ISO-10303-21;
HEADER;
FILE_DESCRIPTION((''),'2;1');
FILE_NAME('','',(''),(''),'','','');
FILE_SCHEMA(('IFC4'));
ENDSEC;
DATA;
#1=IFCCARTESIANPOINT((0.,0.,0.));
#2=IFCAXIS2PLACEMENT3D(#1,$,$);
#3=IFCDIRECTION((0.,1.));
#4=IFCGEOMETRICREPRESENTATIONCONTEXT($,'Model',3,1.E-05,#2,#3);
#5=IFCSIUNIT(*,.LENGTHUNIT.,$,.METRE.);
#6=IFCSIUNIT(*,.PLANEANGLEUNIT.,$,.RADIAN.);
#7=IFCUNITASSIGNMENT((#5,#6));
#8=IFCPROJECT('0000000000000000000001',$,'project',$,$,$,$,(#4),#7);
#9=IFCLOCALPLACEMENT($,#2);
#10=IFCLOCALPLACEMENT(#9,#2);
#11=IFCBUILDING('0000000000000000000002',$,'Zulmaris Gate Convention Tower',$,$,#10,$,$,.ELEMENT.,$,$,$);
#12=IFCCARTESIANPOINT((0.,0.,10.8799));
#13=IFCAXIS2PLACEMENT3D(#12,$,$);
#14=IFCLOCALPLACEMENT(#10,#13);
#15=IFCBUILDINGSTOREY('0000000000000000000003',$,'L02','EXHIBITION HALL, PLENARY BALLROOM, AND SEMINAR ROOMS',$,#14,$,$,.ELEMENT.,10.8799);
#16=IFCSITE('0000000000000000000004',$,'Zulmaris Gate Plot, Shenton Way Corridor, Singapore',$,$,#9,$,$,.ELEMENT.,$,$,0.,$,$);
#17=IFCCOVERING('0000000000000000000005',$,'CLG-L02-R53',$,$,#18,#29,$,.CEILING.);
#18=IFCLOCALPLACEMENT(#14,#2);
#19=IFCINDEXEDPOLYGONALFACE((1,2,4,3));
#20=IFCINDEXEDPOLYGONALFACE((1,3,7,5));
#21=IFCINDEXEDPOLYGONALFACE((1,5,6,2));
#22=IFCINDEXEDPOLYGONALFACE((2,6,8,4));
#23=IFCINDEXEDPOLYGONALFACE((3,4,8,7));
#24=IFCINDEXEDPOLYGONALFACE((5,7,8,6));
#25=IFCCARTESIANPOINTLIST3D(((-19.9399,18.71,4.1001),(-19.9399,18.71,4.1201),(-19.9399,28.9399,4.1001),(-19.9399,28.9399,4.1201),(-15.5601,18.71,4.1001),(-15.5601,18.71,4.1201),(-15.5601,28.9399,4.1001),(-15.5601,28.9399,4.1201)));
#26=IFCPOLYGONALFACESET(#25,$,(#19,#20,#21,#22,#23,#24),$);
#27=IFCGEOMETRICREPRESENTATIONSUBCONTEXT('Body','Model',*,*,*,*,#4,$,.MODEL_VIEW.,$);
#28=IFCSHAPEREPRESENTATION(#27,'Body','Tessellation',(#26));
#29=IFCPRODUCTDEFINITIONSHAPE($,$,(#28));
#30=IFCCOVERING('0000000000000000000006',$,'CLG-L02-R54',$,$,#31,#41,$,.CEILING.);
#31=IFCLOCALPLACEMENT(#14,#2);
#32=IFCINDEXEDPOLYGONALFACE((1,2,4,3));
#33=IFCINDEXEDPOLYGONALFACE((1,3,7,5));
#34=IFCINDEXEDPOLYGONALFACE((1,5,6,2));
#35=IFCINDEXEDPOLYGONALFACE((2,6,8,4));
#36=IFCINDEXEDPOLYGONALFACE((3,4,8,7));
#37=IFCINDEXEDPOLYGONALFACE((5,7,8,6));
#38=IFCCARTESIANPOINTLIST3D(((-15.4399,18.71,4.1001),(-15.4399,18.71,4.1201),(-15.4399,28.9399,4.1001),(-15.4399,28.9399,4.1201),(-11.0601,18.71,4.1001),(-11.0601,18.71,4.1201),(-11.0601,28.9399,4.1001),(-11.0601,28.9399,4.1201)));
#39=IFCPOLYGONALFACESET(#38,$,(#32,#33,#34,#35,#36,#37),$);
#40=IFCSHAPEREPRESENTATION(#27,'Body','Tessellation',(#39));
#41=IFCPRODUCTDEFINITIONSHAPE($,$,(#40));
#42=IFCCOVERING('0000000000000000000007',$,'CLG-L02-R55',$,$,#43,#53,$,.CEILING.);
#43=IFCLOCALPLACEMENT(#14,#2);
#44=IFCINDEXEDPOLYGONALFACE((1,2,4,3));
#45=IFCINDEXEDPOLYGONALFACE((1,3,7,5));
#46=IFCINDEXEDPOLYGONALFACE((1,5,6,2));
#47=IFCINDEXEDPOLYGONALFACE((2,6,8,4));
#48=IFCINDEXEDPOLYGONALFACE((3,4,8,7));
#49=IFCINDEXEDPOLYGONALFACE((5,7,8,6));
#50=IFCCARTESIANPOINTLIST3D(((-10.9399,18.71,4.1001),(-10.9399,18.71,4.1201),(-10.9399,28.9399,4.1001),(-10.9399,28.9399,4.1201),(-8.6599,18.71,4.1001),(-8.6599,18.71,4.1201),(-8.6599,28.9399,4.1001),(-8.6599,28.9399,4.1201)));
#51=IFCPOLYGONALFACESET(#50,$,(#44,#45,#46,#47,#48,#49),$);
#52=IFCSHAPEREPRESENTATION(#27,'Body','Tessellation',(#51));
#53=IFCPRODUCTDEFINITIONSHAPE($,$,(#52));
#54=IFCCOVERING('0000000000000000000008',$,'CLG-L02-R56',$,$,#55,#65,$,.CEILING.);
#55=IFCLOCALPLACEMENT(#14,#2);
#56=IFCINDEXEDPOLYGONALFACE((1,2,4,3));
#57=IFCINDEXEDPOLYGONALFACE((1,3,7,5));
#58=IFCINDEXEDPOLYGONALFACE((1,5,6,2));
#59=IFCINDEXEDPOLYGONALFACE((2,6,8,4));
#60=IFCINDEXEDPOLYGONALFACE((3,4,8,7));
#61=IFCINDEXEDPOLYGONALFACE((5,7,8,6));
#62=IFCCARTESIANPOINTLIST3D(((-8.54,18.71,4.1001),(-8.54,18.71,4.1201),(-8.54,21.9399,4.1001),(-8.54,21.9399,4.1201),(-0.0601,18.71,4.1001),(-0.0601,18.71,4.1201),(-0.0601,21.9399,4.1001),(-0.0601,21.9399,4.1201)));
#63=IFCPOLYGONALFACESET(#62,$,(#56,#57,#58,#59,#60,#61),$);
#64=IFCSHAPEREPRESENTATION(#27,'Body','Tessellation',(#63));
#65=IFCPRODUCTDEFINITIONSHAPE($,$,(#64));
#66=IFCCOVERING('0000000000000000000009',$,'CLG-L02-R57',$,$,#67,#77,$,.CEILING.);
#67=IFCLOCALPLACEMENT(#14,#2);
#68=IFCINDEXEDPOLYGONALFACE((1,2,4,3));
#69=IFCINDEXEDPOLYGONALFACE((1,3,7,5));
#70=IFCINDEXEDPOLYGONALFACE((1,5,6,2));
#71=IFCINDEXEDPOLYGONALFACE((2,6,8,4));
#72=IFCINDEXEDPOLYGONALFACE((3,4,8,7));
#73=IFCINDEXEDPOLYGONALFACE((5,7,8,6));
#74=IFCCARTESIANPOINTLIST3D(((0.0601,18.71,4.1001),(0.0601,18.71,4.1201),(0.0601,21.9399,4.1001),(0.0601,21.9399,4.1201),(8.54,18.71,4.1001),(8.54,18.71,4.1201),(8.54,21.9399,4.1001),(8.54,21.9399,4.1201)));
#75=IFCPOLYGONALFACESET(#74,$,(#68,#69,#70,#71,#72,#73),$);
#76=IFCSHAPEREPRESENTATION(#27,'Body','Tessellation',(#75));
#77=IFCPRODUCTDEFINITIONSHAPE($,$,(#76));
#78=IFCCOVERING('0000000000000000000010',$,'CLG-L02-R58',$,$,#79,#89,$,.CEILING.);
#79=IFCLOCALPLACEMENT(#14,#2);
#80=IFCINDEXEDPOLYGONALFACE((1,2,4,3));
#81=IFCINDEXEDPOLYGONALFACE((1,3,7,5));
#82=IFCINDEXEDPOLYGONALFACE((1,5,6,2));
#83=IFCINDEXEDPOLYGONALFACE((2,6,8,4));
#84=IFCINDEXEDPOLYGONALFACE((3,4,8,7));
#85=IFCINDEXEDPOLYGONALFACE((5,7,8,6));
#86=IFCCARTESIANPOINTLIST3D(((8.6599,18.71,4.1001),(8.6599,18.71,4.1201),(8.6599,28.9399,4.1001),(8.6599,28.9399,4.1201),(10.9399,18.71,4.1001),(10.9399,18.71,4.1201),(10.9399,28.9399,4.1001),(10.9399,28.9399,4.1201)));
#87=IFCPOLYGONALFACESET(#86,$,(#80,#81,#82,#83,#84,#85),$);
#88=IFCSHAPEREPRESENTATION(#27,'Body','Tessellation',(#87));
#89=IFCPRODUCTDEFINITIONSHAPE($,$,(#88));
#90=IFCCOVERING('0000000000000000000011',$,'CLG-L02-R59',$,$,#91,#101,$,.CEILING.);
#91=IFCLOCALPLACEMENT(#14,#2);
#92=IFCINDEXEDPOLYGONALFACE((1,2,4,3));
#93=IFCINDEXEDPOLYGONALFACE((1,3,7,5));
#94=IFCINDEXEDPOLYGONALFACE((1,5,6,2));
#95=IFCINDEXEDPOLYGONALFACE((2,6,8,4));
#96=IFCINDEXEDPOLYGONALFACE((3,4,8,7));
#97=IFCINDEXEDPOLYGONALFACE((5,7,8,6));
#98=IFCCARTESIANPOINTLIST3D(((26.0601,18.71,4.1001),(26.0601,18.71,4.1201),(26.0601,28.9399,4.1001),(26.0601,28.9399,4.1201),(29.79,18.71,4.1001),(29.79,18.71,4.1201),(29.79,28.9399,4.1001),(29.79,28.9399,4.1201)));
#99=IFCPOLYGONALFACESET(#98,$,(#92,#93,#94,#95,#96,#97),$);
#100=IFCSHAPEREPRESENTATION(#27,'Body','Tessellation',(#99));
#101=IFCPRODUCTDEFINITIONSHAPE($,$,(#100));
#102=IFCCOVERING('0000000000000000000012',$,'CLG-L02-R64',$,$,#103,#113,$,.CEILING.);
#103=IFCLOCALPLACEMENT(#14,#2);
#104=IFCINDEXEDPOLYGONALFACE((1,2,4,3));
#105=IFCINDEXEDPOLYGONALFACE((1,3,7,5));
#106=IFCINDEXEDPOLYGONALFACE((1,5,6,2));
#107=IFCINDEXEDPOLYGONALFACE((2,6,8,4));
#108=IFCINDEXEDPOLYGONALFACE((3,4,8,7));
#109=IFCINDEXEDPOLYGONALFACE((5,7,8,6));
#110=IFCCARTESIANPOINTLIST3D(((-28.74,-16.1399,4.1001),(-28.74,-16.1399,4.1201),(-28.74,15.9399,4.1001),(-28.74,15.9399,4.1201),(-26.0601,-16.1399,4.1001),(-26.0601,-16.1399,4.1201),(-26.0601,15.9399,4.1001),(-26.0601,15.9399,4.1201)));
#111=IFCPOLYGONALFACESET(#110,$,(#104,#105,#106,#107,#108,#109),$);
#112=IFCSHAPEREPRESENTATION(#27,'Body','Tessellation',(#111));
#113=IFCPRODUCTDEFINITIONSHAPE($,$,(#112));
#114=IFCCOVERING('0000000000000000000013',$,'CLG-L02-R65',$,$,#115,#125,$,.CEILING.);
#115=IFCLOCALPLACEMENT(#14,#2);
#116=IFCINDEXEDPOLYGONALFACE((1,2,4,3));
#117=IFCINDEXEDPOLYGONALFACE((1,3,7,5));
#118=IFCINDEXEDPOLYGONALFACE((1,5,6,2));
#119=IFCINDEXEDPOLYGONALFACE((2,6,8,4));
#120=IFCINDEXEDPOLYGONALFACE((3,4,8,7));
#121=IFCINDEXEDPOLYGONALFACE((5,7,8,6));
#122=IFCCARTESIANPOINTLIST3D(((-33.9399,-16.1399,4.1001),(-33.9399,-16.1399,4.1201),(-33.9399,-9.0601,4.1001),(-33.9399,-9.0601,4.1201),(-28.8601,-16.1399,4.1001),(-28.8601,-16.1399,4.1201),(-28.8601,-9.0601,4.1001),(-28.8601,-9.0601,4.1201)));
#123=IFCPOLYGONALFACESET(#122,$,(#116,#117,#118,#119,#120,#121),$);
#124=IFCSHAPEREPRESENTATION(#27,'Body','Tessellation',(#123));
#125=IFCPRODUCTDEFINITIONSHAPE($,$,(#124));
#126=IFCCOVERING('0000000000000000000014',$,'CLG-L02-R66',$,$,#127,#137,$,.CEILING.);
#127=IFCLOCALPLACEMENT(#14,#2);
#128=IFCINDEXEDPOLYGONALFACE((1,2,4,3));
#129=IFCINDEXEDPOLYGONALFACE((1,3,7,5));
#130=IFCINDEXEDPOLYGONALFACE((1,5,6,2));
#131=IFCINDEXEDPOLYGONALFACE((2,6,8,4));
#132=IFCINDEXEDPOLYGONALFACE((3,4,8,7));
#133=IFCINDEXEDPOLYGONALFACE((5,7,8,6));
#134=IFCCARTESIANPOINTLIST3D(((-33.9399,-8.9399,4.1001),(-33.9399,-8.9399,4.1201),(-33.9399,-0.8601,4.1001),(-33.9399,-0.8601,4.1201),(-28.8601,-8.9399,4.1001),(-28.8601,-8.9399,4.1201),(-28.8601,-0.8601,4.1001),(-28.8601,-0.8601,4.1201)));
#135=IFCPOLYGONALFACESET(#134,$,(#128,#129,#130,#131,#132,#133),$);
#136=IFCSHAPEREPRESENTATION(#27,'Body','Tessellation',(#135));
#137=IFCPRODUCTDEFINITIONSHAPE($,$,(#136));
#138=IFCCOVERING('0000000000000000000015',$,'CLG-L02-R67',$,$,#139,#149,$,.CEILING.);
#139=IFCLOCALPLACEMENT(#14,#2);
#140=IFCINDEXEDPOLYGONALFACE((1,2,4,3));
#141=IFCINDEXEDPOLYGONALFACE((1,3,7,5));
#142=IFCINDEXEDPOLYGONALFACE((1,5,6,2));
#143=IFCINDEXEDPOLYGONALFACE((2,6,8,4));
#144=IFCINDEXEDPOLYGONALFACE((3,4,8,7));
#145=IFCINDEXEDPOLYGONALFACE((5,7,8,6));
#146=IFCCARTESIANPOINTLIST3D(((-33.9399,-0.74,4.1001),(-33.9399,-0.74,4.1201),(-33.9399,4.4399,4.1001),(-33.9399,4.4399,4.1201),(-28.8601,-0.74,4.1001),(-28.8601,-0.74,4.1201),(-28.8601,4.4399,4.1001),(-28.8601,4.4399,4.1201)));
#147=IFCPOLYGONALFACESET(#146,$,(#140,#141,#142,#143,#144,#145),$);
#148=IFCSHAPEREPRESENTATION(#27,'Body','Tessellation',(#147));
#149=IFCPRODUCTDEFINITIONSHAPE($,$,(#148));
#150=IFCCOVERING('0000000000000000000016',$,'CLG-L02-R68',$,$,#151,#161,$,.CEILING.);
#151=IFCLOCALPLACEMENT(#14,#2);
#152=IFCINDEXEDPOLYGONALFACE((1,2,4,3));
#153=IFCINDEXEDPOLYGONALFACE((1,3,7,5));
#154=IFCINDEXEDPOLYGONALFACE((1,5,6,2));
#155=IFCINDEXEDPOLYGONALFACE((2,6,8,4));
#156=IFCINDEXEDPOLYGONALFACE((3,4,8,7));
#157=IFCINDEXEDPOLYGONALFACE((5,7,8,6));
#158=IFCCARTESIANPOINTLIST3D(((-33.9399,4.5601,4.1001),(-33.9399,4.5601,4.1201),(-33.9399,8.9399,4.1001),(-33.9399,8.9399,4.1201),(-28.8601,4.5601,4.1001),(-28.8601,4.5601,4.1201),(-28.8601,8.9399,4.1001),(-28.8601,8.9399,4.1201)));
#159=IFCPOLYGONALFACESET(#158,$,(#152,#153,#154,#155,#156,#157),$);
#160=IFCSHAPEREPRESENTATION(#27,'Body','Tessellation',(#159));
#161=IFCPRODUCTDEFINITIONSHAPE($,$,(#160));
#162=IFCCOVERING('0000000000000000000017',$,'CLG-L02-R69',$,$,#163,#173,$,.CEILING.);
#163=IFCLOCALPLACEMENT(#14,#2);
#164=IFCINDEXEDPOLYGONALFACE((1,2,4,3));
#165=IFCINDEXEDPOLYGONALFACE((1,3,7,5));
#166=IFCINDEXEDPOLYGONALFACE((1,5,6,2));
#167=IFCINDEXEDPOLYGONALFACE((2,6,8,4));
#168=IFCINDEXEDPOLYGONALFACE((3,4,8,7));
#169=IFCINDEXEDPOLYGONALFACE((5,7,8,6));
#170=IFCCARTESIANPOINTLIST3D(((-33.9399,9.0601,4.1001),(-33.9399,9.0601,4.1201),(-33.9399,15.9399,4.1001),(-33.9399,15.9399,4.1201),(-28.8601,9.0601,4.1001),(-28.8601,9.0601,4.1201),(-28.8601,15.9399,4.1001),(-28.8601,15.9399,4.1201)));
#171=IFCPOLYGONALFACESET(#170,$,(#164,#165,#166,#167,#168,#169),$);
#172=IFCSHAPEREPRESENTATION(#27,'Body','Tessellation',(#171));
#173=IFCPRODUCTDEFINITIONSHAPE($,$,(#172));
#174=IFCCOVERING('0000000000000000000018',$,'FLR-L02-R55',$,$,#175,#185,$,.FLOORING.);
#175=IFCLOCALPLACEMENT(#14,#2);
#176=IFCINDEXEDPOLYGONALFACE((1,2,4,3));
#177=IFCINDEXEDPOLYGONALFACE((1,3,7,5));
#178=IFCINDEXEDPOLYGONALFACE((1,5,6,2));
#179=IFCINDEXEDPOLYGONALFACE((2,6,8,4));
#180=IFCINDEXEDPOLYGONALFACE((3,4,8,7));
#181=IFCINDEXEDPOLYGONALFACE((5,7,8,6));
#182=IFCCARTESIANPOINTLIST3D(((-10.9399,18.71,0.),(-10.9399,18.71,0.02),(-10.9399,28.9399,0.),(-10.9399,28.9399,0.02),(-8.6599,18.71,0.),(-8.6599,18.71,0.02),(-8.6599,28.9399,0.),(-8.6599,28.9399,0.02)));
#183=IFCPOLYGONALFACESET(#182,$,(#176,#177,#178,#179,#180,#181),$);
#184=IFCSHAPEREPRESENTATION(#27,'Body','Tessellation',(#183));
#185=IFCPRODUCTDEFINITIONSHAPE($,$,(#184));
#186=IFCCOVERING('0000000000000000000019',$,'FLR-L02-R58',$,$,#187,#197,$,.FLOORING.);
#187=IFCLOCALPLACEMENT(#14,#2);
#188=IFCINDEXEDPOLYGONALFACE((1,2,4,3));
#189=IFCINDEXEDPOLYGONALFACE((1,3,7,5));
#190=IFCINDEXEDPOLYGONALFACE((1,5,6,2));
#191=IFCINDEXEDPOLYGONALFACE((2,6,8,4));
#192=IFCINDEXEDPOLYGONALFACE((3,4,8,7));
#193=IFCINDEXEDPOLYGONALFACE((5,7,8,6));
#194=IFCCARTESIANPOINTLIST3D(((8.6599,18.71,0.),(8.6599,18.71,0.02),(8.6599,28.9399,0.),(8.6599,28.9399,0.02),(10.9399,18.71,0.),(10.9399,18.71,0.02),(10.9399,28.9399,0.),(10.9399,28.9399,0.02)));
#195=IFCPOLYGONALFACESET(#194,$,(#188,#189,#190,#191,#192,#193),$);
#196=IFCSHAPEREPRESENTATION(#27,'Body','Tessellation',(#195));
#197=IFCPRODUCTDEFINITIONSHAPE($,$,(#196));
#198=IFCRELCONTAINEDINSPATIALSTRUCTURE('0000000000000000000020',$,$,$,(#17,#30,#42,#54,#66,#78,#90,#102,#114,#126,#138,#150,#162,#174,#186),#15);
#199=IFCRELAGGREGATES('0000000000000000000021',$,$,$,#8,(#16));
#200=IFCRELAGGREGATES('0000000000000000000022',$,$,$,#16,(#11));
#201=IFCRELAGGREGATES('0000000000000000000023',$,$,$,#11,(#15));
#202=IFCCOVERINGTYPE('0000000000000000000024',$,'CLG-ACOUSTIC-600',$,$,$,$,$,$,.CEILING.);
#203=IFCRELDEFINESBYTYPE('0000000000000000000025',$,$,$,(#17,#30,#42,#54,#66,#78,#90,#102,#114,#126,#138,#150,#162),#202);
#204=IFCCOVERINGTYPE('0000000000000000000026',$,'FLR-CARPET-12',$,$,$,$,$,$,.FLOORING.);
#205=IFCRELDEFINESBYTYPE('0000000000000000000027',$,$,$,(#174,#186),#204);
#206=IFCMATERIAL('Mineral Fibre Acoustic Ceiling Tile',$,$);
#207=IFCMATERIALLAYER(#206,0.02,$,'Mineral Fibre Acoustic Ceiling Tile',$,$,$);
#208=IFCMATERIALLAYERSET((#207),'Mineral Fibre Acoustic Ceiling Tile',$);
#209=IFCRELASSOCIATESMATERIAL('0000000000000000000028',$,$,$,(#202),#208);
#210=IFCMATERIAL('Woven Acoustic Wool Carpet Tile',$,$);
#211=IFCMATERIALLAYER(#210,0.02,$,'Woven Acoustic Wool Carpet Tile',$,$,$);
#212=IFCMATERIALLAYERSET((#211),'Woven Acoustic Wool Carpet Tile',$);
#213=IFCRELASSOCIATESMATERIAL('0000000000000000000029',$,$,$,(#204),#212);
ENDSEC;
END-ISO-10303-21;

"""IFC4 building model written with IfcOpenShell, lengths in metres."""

from ifc_helpers import new_model, si_unit, direction, frame, origin, place, context, subcontext, project, spatial, polyline, outline, extrude, material, layer, layer_set, type_object, element, save


model = new_model("IFC4")

# Units and contexts
model_context = context("Model", 3, precision=1e-05, world=origin(), true_north=direction((0.0, 1.0)))
body_context = subcontext(model_context, "Body", "Model", "MODEL_VIEW")
ifc_project = project(units=[si_unit("LENGTHUNIT", "METRE"), si_unit("PLANEANGLEUNIT", "RADIAN")], contexts=[model_context])

# Site, building, storey
site_placement = place(None, origin())
site = spatial("IfcSite", under=ifc_project, at=site_placement, Name="Zulmaris Gate Plot, Shenton Way Corridor, Singapore", CompositionType="ELEMENT", RefElevation=0.0)
building_placement = place(site_placement, origin())
building = spatial("IfcBuilding", under=site, at=building_placement, Name="Zulmaris Gate Convention Tower", CompositionType="ELEMENT")
storey_placement = place(building_placement, frame((0.0, 0.0, 10.8799)))
storey = spatial("IfcBuildingStorey", under=building, at=storey_placement, Name="L02", Description="EXHIBITION HALL, PLENARY BALLROOM, AND SEMINAR ROOMS", CompositionType="ELEMENT", Elevation=10.8799)

# Coverings
ifc_material_1 = material(Name="Mineral Fibre Acoustic Ceiling Tile")
ifc_layer_1 = layer(ifc_material_1, 0.02, Name="Mineral Fibre Acoustic Ceiling Tile")
ifc_layer_set_1 = layer_set([ifc_layer_1], Name="Mineral Fibre Acoustic Ceiling Tile")
covering_type_1 = type_object("IfcCoveringType", Name="CLG-ACOUSTIC-600", PredefinedType="CEILING", material=ifc_layer_set_1)
covering_1_placement = place(storey_placement, frame((0.0, 0.0, 4.1001)))
element("IfcCovering", 1, at=covering_1_placement, inside=storey, type_object=covering_type_1, Name="CLG-L02-R53", PredefinedType="CEILING", context=body_context, shape_type="SweptSolid", body=[
    extrude(outline(polyline([(-19.9399, 18.71), (-15.5601, 18.71), (-15.5601, 28.9399), (-19.9399, 28.9399), (-19.9399, 18.71)])), origin(), (0.0, 0.0, 1.0), 0.02),
])
covering_2_placement = place(storey_placement, frame((0.0, 0.0, 4.1001)))
element("IfcCovering", 2, at=covering_2_placement, inside=storey, type_object=covering_type_1, Name="CLG-L02-R54", PredefinedType="CEILING", context=body_context, shape_type="SweptSolid", body=[
    extrude(outline(polyline([(-15.4399, 18.71), (-11.0601, 18.71), (-11.0601, 28.9399), (-15.4399, 28.9399), (-15.4399, 18.71)])), origin(), (0.0, 0.0, 1.0), 0.02),
])
covering_3_placement = place(storey_placement, frame((0.0, 0.0, 4.1001)))
element("IfcCovering", 3, at=covering_3_placement, inside=storey, type_object=covering_type_1, Name="CLG-L02-R55", PredefinedType="CEILING", context=body_context, shape_type="SweptSolid", body=[
    extrude(outline(polyline([(-10.9399, 18.71), (-8.6599, 18.71), (-8.6599, 28.9399), (-10.9399, 28.9399), (-10.9399, 18.71)])), origin(), (0.0, 0.0, 1.0), 0.02),
])
covering_4_placement = place(storey_placement, frame((0.0, 0.0, 4.1001)))
element("IfcCovering", 4, at=covering_4_placement, inside=storey, type_object=covering_type_1, Name="CLG-L02-R56", PredefinedType="CEILING", context=body_context, shape_type="SweptSolid", body=[
    extrude(outline(polyline([(-8.54, 18.71), (-0.0601, 18.71), (-0.0601, 21.9399), (-8.54, 21.9399), (-8.54, 18.71)])), origin(), (0.0, 0.0, 1.0), 0.02),
])
covering_5_placement = place(storey_placement, frame((0.0, 0.0, 4.1001)))
element("IfcCovering", 5, at=covering_5_placement, inside=storey, type_object=covering_type_1, Name="CLG-L02-R57", PredefinedType="CEILING", context=body_context, shape_type="SweptSolid", body=[
    extrude(outline(polyline([(0.0601, 18.71), (8.54, 18.71), (8.54, 21.9399), (0.0601, 21.9399), (0.0601, 18.71)])), origin(), (0.0, 0.0, 1.0), 0.02),
])
covering_6_placement = place(storey_placement, frame((0.0, 0.0, 4.1001)))
element("IfcCovering", 6, at=covering_6_placement, inside=storey, type_object=covering_type_1, Name="CLG-L02-R58", PredefinedType="CEILING", context=body_context, shape_type="SweptSolid", body=[
    extrude(outline(polyline([(8.6599, 18.71), (10.9399, 18.71), (10.9399, 28.9399), (8.6599, 28.9399), (8.6599, 18.71)])), origin(), (0.0, 0.0, 1.0), 0.02),
])
covering_7_placement = place(storey_placement, frame((0.0, 0.0, 4.1001)))
element("IfcCovering", 7, at=covering_7_placement, inside=storey, type_object=covering_type_1, Name="CLG-L02-R59", PredefinedType="CEILING", context=body_context, shape_type="SweptSolid", body=[
    extrude(outline(polyline([(26.0601, 18.71), (29.79, 18.71), (29.79, 28.9399), (26.0601, 28.9399), (26.0601, 18.71)])), origin(), (0.0, 0.0, 1.0), 0.02),
])
covering_8_placement = place(storey_placement, frame((0.0, 0.0, 4.1001)))
element("IfcCovering", 8, at=covering_8_placement, inside=storey, type_object=covering_type_1, Name="CLG-L02-R64", PredefinedType="CEILING", context=body_context, shape_type="SweptSolid", body=[
    extrude(outline(polyline([(-28.74, -16.1399), (-26.0601, -16.1399), (-26.0601, 15.9399), (-28.74, 15.9399), (-28.74, -16.1399)])), origin(), (0.0, 0.0, 1.0), 0.02),
])
covering_9_placement = place(storey_placement, frame((0.0, 0.0, 4.1001)))
element("IfcCovering", 9, at=covering_9_placement, inside=storey, type_object=covering_type_1, Name="CLG-L02-R65", PredefinedType="CEILING", context=body_context, shape_type="SweptSolid", body=[
    extrude(outline(polyline([(-33.9399, -16.1399), (-28.8601, -16.1399), (-28.8601, -9.0601), (-33.9399, -9.0601), (-33.9399, -16.1399)])), origin(), (0.0, 0.0, 1.0), 0.02),
])
covering_10_placement = place(storey_placement, frame((0.0, 0.0, 4.1001)))
element("IfcCovering", 10, at=covering_10_placement, inside=storey, type_object=covering_type_1, Name="CLG-L02-R66", PredefinedType="CEILING", context=body_context, shape_type="SweptSolid", body=[
    extrude(outline(polyline([(-33.9399, -8.9399), (-28.8601, -8.9399), (-28.8601, -0.8601), (-33.9399, -0.8601), (-33.9399, -8.9399)])), origin(), (0.0, 0.0, 1.0), 0.02),
])
covering_11_placement = place(storey_placement, frame((0.0, 0.0, 4.1001)))
element("IfcCovering", 11, at=covering_11_placement, inside=storey, type_object=covering_type_1, Name="CLG-L02-R67", PredefinedType="CEILING", context=body_context, shape_type="SweptSolid", body=[
    extrude(outline(polyline([(-33.9399, -0.74), (-28.8601, -0.74), (-28.8601, 4.4399), (-33.9399, 4.4399), (-33.9399, -0.74)])), origin(), (0.0, 0.0, 1.0), 0.02),
])
covering_12_placement = place(storey_placement, frame((0.0, 0.0, 4.1001)))
element("IfcCovering", 12, at=covering_12_placement, inside=storey, type_object=covering_type_1, Name="CLG-L02-R68", PredefinedType="CEILING", context=body_context, shape_type="SweptSolid", body=[
    extrude(outline(polyline([(-33.9399, 4.5601), (-28.8601, 4.5601), (-28.8601, 8.9399), (-33.9399, 8.9399), (-33.9399, 4.5601)])), origin(), (0.0, 0.0, 1.0), 0.02),
])
covering_13_placement = place(storey_placement, frame((0.0, 0.0, 4.1001)))
element("IfcCovering", 13, at=covering_13_placement, inside=storey, type_object=covering_type_1, Name="CLG-L02-R69", PredefinedType="CEILING", context=body_context, shape_type="SweptSolid", body=[
    extrude(outline(polyline([(-33.9399, 9.0601), (-28.8601, 9.0601), (-28.8601, 15.9399), (-33.9399, 15.9399), (-33.9399, 9.0601)])), origin(), (0.0, 0.0, 1.0), 0.02),
])
ifc_material_2 = material(Name="Woven Acoustic Wool Carpet Tile")
ifc_layer_2 = layer(ifc_material_2, 0.02, Name="Woven Acoustic Wool Carpet Tile")
ifc_layer_set_2 = layer_set([ifc_layer_2], Name="Woven Acoustic Wool Carpet Tile")
covering_type_2 = type_object("IfcCoveringType", Name="FLR-CARPET-12", PredefinedType="FLOORING", material=ifc_layer_set_2)
covering_14_placement = place(storey_placement, origin())
element("IfcCovering", 14, at=covering_14_placement, inside=storey, type_object=covering_type_2, Name="FLR-L02-R55", PredefinedType="FLOORING", context=body_context, shape_type="SweptSolid", body=[
    extrude(outline(polyline([(-10.9399, 18.71), (-8.6599, 18.71), (-8.6599, 28.9399), (-10.9399, 28.9399), (-10.9399, 18.71)])), origin(), (0.0, 0.0, 1.0), 0.02),
])
covering_15_placement = place(storey_placement, origin())
element("IfcCovering", 15, at=covering_15_placement, inside=storey, type_object=covering_type_2, Name="FLR-L02-R58", PredefinedType="FLOORING", context=body_context, shape_type="SweptSolid", body=[
    extrude(outline(polyline([(8.6599, 18.71), (10.9399, 18.71), (10.9399, 28.9399), (8.6599, 28.9399), (8.6599, 18.71)])), origin(), (0.0, 0.0, 1.0), 0.02),
])

save(model, "model.ifc")
